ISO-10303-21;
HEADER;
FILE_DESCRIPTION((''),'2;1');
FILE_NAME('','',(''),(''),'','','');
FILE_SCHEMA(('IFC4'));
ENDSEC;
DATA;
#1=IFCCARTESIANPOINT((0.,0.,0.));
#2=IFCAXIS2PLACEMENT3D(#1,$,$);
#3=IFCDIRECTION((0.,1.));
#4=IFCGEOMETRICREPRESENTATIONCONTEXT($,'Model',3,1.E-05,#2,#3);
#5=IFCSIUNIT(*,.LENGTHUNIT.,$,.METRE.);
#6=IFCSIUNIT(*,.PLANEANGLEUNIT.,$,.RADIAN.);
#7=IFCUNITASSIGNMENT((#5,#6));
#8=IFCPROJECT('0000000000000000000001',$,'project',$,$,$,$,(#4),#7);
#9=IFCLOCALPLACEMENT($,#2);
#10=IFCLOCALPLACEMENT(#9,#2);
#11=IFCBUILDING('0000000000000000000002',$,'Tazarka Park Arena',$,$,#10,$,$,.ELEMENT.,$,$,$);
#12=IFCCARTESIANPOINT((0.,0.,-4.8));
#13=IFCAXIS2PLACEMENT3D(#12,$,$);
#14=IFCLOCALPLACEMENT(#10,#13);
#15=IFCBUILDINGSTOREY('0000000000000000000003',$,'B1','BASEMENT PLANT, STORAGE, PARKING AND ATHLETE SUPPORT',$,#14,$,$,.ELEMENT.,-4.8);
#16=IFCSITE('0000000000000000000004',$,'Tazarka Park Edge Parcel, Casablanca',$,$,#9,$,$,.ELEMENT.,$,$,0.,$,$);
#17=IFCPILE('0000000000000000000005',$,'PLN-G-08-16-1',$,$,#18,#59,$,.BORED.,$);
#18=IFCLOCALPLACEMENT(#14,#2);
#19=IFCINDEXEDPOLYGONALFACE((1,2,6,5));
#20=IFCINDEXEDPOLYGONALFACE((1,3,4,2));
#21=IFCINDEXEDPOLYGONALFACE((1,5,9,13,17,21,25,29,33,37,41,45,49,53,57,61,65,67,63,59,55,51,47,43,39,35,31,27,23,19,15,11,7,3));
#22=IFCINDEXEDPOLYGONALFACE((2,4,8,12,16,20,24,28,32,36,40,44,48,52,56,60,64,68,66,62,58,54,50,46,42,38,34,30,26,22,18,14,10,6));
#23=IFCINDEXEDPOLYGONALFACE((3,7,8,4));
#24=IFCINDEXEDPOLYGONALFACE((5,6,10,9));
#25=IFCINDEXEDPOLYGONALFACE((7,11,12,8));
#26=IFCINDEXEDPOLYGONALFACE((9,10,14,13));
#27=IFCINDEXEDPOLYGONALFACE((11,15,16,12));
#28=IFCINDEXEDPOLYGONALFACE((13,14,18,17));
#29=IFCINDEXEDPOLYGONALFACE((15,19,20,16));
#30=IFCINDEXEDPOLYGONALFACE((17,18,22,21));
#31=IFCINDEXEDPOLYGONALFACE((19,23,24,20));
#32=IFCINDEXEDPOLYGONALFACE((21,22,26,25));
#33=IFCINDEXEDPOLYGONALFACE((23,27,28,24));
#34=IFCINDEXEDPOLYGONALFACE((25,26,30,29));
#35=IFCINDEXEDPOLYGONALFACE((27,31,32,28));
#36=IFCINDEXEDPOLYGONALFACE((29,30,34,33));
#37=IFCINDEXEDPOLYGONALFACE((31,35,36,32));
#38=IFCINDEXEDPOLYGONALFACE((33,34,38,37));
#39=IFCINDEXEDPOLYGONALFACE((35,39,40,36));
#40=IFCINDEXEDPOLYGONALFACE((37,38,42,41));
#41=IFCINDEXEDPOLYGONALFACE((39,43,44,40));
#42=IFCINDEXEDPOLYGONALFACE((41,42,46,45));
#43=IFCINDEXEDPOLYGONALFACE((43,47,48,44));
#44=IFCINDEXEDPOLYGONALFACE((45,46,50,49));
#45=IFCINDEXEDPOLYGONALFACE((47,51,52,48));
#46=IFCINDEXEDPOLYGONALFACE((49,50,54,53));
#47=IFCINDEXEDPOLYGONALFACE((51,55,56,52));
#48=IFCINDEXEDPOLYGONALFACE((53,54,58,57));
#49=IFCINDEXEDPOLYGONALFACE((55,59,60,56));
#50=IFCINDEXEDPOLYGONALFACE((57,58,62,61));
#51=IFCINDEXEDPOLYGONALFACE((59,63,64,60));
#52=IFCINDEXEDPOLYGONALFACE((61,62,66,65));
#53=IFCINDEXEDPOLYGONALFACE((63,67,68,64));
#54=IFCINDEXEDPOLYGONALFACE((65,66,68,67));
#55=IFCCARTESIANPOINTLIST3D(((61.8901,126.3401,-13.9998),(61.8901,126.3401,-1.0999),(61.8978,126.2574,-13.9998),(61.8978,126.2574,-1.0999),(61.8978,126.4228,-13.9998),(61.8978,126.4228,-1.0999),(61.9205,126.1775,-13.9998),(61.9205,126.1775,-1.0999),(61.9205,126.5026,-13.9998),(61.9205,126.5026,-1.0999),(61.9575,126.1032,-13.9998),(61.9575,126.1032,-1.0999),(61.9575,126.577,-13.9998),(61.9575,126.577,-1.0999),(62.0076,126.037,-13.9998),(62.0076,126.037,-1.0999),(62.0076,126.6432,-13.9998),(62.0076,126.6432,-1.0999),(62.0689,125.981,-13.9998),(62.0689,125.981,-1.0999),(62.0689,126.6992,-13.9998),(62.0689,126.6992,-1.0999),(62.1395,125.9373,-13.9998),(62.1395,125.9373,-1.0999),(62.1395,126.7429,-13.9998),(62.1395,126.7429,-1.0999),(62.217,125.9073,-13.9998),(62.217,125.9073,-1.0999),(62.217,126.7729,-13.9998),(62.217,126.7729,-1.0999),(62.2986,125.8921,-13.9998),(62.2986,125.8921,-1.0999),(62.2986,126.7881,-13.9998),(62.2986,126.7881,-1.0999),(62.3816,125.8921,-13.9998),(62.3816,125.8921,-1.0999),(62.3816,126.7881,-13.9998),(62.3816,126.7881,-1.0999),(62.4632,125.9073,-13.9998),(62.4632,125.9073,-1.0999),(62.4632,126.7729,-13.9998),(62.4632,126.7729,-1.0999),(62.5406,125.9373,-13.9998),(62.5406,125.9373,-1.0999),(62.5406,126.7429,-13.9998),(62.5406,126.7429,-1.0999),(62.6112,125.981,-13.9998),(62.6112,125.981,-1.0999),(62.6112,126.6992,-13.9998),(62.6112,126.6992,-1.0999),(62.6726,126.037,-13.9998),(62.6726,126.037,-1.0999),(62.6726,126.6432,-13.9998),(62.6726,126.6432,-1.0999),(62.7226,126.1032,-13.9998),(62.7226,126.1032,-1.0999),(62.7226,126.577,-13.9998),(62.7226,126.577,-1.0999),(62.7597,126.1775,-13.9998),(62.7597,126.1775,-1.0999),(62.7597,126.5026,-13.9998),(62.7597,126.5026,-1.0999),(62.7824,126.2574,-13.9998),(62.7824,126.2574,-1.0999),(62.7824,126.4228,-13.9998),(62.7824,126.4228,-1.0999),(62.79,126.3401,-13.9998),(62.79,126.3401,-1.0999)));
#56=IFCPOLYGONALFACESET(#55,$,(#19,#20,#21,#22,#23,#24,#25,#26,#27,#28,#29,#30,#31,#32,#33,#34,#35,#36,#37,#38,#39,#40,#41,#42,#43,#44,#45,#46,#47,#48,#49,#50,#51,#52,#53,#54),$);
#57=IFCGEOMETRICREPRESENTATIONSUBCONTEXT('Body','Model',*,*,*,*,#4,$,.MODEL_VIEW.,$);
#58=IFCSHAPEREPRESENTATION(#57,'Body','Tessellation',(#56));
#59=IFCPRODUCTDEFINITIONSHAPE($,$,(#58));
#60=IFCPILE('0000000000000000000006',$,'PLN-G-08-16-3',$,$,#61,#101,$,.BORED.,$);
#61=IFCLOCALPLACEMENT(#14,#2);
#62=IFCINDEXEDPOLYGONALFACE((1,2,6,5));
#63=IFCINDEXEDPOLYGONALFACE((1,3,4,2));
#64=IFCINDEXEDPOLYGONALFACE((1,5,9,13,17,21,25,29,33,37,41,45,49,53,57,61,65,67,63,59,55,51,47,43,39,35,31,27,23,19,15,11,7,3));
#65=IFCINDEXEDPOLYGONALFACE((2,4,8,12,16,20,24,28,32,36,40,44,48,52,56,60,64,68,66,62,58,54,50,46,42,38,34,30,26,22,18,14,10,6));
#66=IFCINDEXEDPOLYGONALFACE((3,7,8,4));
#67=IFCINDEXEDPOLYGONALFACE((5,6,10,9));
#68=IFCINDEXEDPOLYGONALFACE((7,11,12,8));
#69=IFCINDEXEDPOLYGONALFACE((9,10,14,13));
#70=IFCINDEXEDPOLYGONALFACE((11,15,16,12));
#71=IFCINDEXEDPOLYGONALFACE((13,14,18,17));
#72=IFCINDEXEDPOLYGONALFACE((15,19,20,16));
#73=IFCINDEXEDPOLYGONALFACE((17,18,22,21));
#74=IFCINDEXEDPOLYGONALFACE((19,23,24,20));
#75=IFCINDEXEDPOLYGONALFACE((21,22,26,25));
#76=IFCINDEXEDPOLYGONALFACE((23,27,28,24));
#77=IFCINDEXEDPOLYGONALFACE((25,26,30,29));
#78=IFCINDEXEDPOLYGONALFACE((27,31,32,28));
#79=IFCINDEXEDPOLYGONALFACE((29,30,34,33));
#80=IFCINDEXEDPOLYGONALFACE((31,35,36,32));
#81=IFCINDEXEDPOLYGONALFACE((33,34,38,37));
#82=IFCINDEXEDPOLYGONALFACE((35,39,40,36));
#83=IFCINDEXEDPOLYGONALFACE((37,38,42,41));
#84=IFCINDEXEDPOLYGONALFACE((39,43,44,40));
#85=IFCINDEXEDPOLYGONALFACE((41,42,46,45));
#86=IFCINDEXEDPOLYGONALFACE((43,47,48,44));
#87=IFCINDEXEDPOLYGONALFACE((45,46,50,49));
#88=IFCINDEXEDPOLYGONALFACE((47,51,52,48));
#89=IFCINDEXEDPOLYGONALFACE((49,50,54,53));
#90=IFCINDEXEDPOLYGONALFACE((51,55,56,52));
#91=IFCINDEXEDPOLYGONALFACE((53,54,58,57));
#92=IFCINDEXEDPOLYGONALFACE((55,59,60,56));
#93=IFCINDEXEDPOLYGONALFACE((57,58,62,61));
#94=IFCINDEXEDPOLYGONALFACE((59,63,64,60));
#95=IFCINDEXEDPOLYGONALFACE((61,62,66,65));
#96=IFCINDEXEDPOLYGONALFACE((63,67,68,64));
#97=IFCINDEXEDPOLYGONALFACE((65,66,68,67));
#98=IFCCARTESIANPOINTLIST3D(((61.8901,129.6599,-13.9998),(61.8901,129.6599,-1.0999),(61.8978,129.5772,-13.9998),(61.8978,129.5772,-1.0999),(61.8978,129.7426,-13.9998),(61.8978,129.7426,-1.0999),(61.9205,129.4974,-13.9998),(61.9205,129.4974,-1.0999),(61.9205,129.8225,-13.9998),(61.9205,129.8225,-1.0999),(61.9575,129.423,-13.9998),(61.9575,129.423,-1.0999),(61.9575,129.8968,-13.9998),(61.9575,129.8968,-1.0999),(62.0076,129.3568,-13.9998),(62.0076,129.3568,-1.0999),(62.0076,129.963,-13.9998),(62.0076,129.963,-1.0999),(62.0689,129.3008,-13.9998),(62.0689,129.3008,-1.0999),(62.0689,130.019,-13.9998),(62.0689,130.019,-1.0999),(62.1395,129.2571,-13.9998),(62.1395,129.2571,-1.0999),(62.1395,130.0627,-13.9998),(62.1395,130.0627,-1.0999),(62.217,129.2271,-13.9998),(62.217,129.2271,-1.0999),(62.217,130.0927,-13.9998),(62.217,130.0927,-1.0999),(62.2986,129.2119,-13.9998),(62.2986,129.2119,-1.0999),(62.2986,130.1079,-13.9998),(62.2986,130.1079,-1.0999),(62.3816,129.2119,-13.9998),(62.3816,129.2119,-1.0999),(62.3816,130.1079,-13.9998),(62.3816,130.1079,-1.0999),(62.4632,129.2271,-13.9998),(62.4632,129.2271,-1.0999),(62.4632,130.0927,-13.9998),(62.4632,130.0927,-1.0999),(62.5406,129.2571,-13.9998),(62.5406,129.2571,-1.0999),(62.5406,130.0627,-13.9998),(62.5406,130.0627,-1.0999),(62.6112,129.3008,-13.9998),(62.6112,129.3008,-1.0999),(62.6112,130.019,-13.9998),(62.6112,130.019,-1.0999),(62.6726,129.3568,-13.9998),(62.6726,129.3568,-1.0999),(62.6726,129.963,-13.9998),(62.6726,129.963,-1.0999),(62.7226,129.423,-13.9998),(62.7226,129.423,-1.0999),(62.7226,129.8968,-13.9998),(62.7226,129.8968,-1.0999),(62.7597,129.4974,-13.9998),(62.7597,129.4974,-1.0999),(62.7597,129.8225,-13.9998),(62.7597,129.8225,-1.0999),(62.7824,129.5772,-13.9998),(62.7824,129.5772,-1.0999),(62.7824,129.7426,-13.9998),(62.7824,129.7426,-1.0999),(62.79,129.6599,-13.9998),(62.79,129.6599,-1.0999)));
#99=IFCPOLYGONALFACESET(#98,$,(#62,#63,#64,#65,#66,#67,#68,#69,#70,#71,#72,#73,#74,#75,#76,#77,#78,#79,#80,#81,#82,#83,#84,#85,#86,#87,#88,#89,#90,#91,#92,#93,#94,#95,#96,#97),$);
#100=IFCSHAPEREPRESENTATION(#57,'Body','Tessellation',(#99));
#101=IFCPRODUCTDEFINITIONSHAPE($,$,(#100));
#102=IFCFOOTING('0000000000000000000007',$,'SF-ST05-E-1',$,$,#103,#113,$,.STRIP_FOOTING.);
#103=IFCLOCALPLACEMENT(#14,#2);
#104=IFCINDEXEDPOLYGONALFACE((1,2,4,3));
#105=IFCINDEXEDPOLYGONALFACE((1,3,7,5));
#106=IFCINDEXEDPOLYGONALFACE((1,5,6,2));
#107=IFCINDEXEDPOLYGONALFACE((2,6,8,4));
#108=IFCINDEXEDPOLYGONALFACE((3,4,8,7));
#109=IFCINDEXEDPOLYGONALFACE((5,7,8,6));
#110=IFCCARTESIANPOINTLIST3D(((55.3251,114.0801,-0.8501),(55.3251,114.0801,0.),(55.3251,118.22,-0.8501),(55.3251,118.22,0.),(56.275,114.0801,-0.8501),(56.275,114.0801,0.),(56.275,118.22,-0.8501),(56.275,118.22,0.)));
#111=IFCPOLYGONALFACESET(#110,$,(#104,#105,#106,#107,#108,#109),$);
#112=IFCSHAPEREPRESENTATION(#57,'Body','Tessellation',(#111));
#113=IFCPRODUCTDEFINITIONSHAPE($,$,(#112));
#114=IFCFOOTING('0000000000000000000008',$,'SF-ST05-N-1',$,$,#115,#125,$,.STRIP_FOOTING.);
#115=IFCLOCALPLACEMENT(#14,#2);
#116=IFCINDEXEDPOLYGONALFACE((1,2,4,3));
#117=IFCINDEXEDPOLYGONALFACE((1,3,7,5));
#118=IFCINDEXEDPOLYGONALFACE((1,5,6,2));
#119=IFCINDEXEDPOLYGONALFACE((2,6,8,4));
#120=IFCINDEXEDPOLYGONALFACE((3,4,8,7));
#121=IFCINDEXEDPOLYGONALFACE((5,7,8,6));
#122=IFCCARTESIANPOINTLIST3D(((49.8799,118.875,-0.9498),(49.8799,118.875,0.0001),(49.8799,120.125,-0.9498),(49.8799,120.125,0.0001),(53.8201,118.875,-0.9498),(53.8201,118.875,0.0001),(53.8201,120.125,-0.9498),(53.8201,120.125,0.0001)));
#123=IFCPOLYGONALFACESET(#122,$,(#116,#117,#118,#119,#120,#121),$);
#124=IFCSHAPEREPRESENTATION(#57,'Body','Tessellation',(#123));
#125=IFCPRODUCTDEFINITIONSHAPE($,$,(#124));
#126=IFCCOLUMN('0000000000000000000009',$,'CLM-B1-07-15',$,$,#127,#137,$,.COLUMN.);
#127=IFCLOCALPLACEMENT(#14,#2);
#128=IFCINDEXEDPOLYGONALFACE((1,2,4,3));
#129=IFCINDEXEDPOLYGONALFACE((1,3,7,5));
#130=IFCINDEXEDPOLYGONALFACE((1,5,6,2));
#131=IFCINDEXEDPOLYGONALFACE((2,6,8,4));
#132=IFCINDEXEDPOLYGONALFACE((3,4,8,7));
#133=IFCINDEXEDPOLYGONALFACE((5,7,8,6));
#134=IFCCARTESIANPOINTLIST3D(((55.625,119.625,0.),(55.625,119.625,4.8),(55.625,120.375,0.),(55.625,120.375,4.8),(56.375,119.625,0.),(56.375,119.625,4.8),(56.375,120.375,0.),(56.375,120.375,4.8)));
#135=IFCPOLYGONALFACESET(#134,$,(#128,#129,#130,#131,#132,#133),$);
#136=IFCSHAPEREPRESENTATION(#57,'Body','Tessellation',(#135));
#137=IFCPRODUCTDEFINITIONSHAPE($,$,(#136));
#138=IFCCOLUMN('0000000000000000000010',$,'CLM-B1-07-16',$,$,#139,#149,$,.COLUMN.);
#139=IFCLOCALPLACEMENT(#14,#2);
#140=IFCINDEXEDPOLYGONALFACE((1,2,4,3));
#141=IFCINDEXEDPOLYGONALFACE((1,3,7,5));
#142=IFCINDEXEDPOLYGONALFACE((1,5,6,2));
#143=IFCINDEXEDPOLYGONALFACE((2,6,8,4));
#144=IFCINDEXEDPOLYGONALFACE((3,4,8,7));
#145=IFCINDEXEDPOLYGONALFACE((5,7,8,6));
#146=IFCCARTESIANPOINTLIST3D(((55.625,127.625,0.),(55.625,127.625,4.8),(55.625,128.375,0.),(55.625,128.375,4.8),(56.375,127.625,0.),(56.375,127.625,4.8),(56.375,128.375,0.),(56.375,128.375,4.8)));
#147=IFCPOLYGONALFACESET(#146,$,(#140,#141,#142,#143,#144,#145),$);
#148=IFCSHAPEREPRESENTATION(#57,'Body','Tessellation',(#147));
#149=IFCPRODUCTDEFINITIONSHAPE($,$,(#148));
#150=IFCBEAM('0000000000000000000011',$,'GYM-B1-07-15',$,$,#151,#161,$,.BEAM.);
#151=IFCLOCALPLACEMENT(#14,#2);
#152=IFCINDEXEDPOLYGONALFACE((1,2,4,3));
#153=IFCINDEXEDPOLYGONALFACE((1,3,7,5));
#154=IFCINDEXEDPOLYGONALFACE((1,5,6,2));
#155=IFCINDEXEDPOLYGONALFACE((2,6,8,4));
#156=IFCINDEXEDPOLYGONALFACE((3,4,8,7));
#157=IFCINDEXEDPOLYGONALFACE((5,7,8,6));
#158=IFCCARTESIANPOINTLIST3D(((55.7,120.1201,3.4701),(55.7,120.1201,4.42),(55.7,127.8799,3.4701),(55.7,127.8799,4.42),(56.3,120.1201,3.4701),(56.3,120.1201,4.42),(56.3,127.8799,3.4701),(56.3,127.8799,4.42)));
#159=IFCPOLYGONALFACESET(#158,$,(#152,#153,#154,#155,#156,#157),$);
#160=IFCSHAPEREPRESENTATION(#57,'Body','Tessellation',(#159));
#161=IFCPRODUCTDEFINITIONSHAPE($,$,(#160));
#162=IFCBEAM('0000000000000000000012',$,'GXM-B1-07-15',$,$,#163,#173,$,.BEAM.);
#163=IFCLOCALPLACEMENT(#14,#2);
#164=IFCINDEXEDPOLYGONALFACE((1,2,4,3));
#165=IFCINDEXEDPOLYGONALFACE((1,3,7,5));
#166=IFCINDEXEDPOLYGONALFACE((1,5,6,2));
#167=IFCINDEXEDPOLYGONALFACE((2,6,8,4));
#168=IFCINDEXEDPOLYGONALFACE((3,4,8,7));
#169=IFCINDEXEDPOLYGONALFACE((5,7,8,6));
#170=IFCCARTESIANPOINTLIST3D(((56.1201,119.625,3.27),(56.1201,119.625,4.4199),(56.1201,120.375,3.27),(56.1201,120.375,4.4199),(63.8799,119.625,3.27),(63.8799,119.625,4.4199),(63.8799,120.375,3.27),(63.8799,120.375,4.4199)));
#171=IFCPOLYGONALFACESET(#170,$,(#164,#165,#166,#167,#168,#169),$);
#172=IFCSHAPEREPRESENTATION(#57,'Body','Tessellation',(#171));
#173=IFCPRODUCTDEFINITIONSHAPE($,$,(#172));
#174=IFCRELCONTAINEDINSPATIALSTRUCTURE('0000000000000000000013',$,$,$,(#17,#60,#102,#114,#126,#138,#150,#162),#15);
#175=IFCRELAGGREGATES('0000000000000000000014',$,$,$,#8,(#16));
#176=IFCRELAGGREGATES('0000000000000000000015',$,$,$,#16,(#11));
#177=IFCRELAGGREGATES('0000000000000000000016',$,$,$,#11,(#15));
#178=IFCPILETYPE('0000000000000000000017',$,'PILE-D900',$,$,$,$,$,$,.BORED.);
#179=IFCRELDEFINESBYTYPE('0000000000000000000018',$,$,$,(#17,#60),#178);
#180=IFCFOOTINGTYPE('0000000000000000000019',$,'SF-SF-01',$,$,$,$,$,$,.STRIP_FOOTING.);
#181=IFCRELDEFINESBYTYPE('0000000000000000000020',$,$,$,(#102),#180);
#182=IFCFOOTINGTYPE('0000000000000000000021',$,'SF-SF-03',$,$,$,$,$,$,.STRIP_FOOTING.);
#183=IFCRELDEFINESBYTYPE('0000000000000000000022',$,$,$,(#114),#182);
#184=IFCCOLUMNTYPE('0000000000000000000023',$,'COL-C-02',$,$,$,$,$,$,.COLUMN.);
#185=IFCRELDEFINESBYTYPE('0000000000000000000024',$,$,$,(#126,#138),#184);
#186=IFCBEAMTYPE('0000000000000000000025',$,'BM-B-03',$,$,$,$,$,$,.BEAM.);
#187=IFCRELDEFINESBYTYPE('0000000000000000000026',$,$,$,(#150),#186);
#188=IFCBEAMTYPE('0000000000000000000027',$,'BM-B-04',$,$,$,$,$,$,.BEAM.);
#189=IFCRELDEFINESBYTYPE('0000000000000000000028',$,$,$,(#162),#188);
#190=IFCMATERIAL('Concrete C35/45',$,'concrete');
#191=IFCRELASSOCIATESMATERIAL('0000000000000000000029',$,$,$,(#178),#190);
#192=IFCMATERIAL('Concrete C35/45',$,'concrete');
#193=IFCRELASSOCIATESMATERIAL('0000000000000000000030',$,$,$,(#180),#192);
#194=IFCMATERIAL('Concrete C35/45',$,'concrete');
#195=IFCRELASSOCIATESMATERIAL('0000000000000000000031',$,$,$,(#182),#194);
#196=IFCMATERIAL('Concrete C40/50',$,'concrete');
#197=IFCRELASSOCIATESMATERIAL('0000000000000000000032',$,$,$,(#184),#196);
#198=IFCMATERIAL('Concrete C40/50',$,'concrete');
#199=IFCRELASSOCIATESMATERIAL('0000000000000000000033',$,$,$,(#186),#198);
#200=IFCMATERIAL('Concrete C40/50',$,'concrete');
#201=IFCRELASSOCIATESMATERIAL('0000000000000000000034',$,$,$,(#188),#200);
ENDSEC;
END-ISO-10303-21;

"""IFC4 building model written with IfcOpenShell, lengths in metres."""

from ifc_helpers import new_model, si_unit, direction, frame, origin, origin_2d, place, context, subcontext, project, spatial, rectangle, circle, extrude, material, material_profile, profile_set, type_object, element, save


model = new_model("IFC4")

# Units and contexts
model_context = context("Model", 3, precision=1e-05, world=origin(), true_north=direction((0.0, 1.0)))
body_context = subcontext(model_context, "Body", "Model", "MODEL_VIEW")
ifc_project = project(units=[si_unit("LENGTHUNIT", "METRE"), si_unit("PLANEANGLEUNIT", "RADIAN")], contexts=[model_context])

# Site, building, storey
site_placement = place(None, origin())
site = spatial("IfcSite", under=ifc_project, at=site_placement, Name="Tazarka Park Edge Parcel, Casablanca", CompositionType="ELEMENT", RefElevation=0.0)
building_placement = place(site_placement, origin())
building = spatial("IfcBuilding", under=site, at=building_placement, Name="Tazarka Park Arena", CompositionType="ELEMENT")
storey_placement = place(building_placement, frame((0.0, 0.0, -4.8)))
storey = spatial("IfcBuildingStorey", under=building, at=storey_placement, Name="B1", Description="BASEMENT PLANT, STORAGE, PARKING AND ATHLETE SUPPORT", CompositionType="ELEMENT", Elevation=-4.8)

# Piles
ifc_material_1 = material(Name="Concrete C35/45", Category="concrete")
ifc_material_profile_1 = material_profile(ifc_material_1, circle(Radius=0.45, at=origin_2d()), Name="Concrete C35/45")
ifc_profile_set_1 = profile_set([ifc_material_profile_1], Name="Concrete C35/45")
pile_type = type_object("IfcPileType", Name="PILE-D900", PredefinedType="BORED", material=ifc_profile_set_1)
for number, where, z_axis, x_axis, name in (
    (1, (62.3401, 126.3401, -1.0999), (0.0, 0.0, -1.0), (1.0, 0.0, 0.0), "PLN-G-08-16-1"),
    (2, (62.3401, 129.6599, -1.0999), (0.0, 0.0, -1.0), (1.0, 0.0, 0.0), "PLN-G-08-16-3"),
):
    element("IfcPile", number, at=place(storey_placement, frame(where, z_axis=z_axis, x_axis=x_axis)), inside=storey, type_object=pile_type, Name=name, PredefinedType="BORED", context=body_context, shape_type="SweptSolid", body=[
        extrude(circle(Radius=0.45, at=origin_2d()), origin(), (0.0, 0.0, 1.0), 12.8999),
    ])

# Footings
ifc_material_2 = material(Name="Concrete C35/45", Category="concrete")
ifc_material_profile_2 = material_profile(ifc_material_2, rectangle(XDim=0.95, YDim=0.8501, at=origin_2d()), Name="Concrete C35/45")
ifc_profile_set_2 = profile_set([ifc_material_profile_2], Name="Concrete C35/45")
footing_type_1 = type_object("IfcFootingType", Name="SF-SF-01", PredefinedType="STRIP_FOOTING", material=ifc_profile_set_2)
footing_1_placement = place(storey_placement, frame((55.8, 118.22, -0.425), z_axis=(0.0, -1.0, 0.0), x_axis=(1.0, 0.0, 0.0)))
element("IfcFooting", 3, at=footing_1_placement, inside=storey, type_object=footing_type_1, Name="SF-ST05-E-1", PredefinedType="STRIP_FOOTING", context=body_context, shape_type="SweptSolid", body=[
    extrude(rectangle(XDim=0.95, YDim=0.8501, at=origin_2d()), origin(), (0.0, 0.0, 1.0), 4.1399),
])
ifc_material_3 = material(Name="Concrete C35/45", Category="concrete")
ifc_material_profile_3 = material_profile(ifc_material_3, rectangle(XDim=1.25, YDim=0.95, at=origin_2d()), Name="Concrete C35/45")
ifc_profile_set_3 = profile_set([ifc_material_profile_3], Name="Concrete C35/45")
footing_type_2 = type_object("IfcFootingType", Name="SF-SF-03", PredefinedType="STRIP_FOOTING", material=ifc_profile_set_3)
footing_2_placement = place(storey_placement, frame((49.8799, 119.5, -0.4749), z_axis=(1.0, 0.0, 0.0), x_axis=(0.0, 1.0, 0.0)))
element("IfcFooting", 4, at=footing_2_placement, inside=storey, type_object=footing_type_2, Name="SF-ST05-N-1", PredefinedType="STRIP_FOOTING", context=body_context, shape_type="SweptSolid", body=[
    extrude(rectangle(XDim=1.25, YDim=0.95, at=origin_2d()), origin(), (0.0, 0.0, 1.0), 3.9402),
])

# Columns
ifc_material_4 = material(Name="Concrete C40/50", Category="concrete")
ifc_material_profile_4 = material_profile(ifc_material_4, rectangle(XDim=0.75, YDim=0.75, at=origin_2d()), Name="Concrete C40/50")
ifc_profile_set_4 = profile_set([ifc_material_profile_4], Name="Concrete C40/50")
column_type = type_object("IfcColumnType", Name="COL-C-02", PredefinedType="COLUMN", material=ifc_profile_set_4)
for number, where, z_axis, x_axis, name in (
    (5, (56.0, 120.0, 0.0), (0.0, 0.0, 1.0), (1.0, 0.0, 0.0), "CLM-B1-07-15"),
    (6, (56.0, 128.0, 0.0), (0.0, 0.0, 1.0), (1.0, 0.0, 0.0), "CLM-B1-07-16"),
):
    element("IfcColumn", number, at=place(storey_placement, frame(where, z_axis=z_axis, x_axis=x_axis)), inside=storey, type_object=column_type, Name=name, PredefinedType="COLUMN", context=body_context, shape_type="SweptSolid", body=[
        extrude(rectangle(XDim=0.75, YDim=0.75, at=origin_2d()), origin(), (0.0, 0.0, 1.0), 4.8),
    ])

# Beams
ifc_material_5 = material(Name="Concrete C40/50", Category="concrete")
ifc_material_profile_5 = material_profile(ifc_material_5, rectangle(XDim=0.6001, YDim=0.95, at=origin_2d()), Name="Concrete C40/50")
ifc_profile_set_5 = profile_set([ifc_material_profile_5], Name="Concrete C40/50")
beam_type_1 = type_object("IfcBeamType", Name="BM-B-03", PredefinedType="BEAM", material=ifc_profile_set_5)
beam_1_placement = place(storey_placement, frame((56.0, 120.1201, 3.9451), z_axis=(0.0, 1.0, 0.0), x_axis=(-1.0, 0.0, 0.0)))
element("IfcBeam", 7, at=beam_1_placement, inside=storey, type_object=beam_type_1, Name="GYM-B1-07-15", PredefinedType="BEAM", context=body_context, shape_type="SweptSolid", body=[
    extrude(rectangle(XDim=0.6001, YDim=0.95, at=origin_2d()), origin(), (0.0, 0.0, 1.0), 7.7598),
])
ifc_material_6 = material(Name="Concrete C40/50", Category="concrete")
ifc_material_profile_6 = material_profile(ifc_material_6, rectangle(XDim=0.75, YDim=1.1499, at=origin_2d()), Name="Concrete C40/50")
ifc_profile_set_6 = profile_set([ifc_material_profile_6], Name="Concrete C40/50")
beam_type_2 = type_object("IfcBeamType", Name="BM-B-04", PredefinedType="BEAM", material=ifc_profile_set_6)
beam_2_placement = place(storey_placement, frame((56.1201, 120.0, 3.845), z_axis=(1.0, 0.0, 0.0), x_axis=(0.0, 1.0, 0.0)))
element("IfcBeam", 8, at=beam_2_placement, inside=storey, type_object=beam_type_2, Name="GXM-B1-07-15", PredefinedType="BEAM", context=body_context, shape_type="SweptSolid", body=[
    extrude(rectangle(XDim=0.75, YDim=1.1499, at=origin_2d()), origin(), (0.0, 0.0, 1.0), 7.7598),
])

save(model, "model.ifc")
